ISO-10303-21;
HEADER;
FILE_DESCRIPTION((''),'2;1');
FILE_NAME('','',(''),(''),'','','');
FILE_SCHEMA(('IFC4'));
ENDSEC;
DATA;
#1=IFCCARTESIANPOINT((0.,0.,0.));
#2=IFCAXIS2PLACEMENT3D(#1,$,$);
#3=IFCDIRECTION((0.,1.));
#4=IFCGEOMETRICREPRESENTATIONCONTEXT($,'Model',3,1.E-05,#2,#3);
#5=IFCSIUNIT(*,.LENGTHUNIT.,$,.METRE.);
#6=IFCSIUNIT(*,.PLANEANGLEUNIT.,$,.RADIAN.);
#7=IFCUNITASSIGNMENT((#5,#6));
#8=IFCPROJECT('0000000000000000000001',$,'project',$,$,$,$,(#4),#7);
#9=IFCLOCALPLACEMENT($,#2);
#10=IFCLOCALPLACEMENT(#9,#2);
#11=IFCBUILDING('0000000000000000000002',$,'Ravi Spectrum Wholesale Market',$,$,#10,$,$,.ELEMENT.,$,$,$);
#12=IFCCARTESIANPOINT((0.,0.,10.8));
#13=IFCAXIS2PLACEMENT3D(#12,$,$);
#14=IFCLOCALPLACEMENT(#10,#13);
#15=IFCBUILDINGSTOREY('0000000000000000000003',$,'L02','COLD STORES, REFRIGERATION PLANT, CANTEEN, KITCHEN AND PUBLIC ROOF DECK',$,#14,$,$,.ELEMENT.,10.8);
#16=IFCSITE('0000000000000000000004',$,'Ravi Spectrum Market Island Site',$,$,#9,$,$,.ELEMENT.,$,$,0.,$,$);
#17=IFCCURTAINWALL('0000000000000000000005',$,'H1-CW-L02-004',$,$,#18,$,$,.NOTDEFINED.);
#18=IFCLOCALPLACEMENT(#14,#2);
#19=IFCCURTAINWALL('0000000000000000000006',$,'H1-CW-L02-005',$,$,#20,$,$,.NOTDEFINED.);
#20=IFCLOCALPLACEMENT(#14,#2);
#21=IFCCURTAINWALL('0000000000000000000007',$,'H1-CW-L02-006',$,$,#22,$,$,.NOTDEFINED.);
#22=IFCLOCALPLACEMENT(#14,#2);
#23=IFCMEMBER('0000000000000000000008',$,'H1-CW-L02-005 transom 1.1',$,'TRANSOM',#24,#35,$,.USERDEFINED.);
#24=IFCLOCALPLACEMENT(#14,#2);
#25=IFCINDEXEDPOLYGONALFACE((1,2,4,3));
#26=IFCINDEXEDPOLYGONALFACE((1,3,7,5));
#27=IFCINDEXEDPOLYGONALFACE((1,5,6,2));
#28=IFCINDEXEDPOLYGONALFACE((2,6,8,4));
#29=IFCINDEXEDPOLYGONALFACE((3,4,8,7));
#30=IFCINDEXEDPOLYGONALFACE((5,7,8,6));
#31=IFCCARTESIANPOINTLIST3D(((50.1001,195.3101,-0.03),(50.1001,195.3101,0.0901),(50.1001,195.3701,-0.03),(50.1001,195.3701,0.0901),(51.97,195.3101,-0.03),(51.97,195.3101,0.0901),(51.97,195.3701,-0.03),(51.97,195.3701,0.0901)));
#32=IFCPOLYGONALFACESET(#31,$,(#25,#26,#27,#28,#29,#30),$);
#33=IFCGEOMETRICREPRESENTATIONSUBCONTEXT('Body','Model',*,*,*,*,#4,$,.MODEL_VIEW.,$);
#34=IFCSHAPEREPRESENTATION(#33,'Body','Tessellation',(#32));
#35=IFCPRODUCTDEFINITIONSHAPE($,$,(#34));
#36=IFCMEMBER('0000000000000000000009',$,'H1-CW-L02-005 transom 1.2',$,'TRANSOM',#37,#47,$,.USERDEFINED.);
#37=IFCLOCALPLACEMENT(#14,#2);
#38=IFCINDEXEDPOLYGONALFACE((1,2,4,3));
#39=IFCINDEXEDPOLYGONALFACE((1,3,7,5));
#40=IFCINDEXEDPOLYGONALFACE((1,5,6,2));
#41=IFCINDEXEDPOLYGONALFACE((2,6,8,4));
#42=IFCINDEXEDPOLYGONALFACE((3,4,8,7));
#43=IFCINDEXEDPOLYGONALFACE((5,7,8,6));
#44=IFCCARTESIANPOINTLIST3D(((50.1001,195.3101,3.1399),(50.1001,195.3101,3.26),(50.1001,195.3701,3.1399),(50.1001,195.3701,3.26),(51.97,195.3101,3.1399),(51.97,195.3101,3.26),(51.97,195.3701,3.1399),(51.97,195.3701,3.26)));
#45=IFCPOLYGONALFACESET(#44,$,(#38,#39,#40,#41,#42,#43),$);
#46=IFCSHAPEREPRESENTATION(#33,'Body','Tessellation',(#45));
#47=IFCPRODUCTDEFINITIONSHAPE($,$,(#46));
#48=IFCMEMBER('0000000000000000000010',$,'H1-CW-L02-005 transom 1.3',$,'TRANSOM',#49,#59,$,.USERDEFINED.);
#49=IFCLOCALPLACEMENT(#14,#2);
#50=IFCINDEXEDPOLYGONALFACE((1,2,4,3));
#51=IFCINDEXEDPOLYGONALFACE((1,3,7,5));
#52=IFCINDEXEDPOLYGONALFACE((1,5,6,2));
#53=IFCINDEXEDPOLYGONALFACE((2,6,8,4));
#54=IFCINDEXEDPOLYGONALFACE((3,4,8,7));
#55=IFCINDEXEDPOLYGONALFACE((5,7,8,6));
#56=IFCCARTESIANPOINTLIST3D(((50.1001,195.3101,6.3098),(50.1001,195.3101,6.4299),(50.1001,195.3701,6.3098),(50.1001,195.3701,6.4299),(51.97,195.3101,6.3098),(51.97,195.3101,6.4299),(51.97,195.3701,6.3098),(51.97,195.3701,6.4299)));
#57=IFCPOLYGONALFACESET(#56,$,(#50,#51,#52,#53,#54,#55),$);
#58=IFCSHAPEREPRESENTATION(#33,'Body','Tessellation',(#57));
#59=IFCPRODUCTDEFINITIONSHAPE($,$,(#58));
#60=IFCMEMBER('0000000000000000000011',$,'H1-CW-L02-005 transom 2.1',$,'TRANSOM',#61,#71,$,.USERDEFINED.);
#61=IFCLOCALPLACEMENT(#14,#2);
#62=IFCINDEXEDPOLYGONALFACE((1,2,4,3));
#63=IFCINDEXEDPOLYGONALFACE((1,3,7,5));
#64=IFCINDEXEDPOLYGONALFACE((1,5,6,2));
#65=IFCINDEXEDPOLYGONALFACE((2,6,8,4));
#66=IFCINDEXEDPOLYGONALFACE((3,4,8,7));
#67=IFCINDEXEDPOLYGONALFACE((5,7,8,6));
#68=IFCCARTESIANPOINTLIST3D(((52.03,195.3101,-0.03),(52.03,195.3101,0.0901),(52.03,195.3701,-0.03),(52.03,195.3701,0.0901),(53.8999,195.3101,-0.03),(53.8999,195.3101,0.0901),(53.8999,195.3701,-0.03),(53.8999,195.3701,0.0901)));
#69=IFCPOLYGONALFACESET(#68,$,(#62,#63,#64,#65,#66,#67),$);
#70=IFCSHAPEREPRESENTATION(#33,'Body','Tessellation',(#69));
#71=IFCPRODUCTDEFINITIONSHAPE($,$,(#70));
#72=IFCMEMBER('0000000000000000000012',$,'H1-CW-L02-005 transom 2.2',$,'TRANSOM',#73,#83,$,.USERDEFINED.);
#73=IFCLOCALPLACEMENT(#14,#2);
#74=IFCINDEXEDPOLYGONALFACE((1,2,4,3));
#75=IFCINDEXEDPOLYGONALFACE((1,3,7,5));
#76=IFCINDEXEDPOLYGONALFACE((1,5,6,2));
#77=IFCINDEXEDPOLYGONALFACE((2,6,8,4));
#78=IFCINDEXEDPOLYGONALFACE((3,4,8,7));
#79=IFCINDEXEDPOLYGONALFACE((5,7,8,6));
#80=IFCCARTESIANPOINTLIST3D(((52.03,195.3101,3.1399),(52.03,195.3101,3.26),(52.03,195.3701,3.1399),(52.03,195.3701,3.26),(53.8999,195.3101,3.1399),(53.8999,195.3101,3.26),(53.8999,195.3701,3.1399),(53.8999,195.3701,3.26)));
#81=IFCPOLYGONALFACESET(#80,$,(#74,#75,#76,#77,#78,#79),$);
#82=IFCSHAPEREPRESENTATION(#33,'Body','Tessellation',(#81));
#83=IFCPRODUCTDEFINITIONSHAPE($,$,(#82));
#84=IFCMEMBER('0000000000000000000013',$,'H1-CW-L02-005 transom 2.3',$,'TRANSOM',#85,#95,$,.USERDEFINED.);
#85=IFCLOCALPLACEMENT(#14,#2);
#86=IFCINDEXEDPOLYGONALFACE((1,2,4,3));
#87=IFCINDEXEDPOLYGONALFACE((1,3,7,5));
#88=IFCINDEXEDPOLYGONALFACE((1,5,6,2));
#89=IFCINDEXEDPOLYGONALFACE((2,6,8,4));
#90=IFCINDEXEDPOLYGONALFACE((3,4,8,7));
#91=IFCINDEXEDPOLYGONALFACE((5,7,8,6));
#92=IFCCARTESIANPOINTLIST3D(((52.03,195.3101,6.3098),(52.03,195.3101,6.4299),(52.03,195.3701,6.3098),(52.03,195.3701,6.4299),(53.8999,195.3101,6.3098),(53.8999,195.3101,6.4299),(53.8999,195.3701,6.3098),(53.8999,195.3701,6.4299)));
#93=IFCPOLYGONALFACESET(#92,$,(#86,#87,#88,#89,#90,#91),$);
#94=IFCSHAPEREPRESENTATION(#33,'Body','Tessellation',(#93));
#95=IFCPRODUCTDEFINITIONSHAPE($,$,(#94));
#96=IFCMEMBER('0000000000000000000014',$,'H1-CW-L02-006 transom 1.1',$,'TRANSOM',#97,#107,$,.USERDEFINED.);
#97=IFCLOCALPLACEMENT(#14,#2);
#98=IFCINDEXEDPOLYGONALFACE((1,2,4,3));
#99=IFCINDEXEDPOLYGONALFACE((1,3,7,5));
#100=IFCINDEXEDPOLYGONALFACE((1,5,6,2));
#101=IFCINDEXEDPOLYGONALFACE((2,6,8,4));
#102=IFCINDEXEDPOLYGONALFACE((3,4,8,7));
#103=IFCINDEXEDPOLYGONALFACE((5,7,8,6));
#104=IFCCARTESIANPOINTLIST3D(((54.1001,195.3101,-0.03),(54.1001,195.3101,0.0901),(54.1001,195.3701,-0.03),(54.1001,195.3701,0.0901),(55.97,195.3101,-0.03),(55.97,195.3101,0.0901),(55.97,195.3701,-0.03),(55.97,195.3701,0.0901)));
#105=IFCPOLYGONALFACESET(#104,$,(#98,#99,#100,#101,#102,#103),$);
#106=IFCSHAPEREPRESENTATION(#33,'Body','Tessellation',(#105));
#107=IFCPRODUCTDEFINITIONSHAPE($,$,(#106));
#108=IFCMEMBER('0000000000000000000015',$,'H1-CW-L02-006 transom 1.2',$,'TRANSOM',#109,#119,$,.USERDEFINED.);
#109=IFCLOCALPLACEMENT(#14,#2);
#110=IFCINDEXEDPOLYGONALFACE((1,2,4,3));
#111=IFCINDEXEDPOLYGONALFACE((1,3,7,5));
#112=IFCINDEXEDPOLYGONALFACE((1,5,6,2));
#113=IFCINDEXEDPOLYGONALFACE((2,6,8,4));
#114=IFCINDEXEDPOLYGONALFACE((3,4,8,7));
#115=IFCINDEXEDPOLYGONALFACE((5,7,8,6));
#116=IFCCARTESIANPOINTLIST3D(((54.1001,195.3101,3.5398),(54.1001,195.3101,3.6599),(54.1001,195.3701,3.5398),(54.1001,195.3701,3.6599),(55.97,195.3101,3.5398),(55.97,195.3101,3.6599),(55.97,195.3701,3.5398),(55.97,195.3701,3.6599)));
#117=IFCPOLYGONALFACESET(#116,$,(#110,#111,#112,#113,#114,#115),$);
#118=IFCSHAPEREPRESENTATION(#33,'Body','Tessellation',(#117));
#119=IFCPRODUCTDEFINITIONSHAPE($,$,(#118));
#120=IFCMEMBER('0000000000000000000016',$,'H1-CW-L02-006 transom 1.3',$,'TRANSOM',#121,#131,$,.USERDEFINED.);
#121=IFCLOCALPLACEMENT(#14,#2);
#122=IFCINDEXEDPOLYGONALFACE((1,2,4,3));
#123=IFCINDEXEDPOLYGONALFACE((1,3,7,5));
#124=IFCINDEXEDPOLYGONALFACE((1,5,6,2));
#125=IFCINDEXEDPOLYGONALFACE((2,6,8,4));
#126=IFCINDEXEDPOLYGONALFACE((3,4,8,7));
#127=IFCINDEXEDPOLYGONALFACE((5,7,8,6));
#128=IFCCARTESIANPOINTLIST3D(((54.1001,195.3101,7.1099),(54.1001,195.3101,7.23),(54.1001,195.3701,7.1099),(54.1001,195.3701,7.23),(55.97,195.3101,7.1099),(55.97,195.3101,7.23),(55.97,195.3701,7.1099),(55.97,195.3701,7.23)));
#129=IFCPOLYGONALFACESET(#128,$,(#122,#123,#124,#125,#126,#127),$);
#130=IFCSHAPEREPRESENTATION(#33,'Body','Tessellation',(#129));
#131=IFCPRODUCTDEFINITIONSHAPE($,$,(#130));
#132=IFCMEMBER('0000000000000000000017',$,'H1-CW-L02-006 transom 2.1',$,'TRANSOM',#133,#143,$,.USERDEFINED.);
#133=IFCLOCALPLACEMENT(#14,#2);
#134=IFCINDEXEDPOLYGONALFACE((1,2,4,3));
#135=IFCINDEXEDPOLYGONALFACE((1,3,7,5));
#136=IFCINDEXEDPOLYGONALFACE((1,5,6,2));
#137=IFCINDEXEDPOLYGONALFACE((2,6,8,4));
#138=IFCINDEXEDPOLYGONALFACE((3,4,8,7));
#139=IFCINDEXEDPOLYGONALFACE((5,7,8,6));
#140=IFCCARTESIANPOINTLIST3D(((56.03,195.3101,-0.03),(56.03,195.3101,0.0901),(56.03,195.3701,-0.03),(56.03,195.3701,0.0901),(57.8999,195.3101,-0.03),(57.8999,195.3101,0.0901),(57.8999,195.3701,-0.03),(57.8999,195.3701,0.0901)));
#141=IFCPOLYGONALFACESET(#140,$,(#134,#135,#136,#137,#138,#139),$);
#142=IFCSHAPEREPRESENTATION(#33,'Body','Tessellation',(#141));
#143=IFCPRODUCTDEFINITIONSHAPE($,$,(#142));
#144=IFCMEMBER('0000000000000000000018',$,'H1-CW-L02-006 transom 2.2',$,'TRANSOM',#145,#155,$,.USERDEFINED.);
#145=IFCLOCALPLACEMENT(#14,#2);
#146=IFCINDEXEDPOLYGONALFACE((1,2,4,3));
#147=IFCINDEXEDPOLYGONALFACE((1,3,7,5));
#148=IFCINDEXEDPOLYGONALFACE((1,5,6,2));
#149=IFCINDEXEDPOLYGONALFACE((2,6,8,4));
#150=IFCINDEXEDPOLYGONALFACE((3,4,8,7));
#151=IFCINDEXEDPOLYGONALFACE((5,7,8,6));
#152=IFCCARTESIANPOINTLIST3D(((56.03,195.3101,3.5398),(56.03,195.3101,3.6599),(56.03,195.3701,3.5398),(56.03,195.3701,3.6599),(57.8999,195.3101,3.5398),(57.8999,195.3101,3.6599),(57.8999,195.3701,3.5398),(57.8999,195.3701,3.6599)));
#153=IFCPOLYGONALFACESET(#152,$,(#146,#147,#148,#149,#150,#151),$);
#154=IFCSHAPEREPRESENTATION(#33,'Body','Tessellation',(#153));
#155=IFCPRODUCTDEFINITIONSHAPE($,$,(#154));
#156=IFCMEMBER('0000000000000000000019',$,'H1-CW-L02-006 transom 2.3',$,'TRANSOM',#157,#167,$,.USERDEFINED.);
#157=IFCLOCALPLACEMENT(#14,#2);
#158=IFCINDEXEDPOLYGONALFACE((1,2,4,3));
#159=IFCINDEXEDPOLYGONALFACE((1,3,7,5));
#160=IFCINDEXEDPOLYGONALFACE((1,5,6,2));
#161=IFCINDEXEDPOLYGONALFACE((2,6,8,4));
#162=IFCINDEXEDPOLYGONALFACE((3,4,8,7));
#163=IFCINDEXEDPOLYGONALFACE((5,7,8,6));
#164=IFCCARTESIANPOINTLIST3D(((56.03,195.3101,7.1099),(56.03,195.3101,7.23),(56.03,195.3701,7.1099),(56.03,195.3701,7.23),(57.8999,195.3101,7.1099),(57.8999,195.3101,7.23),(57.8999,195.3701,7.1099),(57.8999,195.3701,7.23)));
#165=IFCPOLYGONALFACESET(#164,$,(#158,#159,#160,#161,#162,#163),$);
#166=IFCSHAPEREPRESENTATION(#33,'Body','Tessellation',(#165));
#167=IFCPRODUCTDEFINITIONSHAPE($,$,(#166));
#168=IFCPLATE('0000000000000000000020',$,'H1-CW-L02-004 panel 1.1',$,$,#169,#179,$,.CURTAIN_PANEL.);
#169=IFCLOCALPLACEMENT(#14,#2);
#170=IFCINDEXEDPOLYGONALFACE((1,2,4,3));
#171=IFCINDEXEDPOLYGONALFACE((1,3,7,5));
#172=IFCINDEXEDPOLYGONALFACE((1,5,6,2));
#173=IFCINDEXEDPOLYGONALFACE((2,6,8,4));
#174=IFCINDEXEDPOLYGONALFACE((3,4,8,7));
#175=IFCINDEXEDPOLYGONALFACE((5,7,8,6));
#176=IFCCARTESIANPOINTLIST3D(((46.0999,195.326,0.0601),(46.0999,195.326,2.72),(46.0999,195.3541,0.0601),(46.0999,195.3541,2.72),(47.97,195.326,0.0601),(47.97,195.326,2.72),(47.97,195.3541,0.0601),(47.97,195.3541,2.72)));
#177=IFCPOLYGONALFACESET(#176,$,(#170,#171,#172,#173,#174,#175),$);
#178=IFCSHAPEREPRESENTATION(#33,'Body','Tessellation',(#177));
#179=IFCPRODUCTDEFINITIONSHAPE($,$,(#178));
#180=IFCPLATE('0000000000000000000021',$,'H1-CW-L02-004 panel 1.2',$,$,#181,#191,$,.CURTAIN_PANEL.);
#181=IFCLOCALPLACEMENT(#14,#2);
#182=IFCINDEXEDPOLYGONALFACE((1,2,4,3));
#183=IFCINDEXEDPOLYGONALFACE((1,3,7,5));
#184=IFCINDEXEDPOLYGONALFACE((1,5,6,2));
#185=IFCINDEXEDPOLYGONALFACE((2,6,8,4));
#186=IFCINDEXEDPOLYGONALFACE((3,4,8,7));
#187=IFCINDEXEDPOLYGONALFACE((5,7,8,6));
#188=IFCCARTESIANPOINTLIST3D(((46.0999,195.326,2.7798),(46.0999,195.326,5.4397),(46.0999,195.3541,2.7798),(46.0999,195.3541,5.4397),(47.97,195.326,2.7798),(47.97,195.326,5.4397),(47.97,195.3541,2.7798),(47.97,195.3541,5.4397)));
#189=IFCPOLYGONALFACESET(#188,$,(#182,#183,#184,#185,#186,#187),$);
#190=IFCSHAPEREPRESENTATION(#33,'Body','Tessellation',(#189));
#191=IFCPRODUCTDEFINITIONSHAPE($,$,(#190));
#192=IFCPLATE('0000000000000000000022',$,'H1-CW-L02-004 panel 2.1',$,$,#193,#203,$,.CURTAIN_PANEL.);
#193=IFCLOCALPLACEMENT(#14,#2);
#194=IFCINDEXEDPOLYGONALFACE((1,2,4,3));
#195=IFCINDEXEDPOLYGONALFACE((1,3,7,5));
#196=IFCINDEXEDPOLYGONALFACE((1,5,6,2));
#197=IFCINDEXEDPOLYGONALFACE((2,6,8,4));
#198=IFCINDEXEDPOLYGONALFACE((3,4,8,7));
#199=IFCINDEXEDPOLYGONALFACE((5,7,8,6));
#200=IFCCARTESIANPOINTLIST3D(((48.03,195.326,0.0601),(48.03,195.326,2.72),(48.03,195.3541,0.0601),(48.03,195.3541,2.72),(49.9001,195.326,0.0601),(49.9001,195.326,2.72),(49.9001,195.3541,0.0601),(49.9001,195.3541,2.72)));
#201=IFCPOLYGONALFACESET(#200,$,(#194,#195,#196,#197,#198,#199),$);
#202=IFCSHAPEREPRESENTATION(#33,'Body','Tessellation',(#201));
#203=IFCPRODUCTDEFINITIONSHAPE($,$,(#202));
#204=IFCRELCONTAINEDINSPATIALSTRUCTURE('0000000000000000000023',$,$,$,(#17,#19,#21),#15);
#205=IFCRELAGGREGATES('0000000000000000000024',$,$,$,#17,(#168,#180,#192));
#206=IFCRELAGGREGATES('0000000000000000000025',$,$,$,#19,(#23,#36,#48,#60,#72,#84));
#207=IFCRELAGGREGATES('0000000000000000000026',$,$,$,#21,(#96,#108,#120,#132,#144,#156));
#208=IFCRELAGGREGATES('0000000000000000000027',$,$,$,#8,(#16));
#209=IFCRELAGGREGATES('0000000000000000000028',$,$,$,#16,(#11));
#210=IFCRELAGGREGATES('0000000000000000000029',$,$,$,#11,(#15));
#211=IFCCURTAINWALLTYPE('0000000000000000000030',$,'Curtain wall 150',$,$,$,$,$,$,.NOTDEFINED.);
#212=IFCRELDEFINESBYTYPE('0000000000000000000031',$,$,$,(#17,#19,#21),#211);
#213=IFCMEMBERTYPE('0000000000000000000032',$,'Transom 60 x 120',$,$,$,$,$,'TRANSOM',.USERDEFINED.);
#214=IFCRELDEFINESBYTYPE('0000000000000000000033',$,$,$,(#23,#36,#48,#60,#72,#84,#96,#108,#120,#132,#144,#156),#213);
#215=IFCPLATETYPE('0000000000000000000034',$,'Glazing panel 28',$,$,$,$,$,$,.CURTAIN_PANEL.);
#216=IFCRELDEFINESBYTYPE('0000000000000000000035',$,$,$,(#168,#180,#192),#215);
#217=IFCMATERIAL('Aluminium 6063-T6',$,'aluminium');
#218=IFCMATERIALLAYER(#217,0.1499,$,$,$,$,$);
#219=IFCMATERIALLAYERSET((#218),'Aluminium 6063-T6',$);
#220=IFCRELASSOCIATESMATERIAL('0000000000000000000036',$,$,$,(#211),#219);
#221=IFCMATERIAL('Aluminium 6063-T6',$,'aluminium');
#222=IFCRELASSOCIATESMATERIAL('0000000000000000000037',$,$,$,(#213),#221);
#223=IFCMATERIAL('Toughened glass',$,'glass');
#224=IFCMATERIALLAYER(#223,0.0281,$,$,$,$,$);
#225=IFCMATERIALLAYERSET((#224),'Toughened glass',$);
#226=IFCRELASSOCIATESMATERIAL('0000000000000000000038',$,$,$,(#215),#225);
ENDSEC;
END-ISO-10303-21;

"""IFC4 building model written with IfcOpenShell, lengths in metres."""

from ifc_helpers import new_model, si_unit, direction, frame, origin, origin_2d, place, context, subcontext, project, spatial, rectangle, extrude, material, layer, layer_set, material_profile, profile_set, type_object, element, aggregate, save


model = new_model("IFC4")

# Units and contexts
model_context = context("Model", 3, precision=1e-05, world=origin(), true_north=direction((0.0, 1.0)))
body_context = subcontext(model_context, "Body", "Model", "MODEL_VIEW")
ifc_project = project(units=[si_unit("LENGTHUNIT", "METRE"), si_unit("PLANEANGLEUNIT", "RADIAN")], contexts=[model_context])

# Site, building, storey
site_placement = place(None, origin())
site = spatial("IfcSite", under=ifc_project, at=site_placement, Name="Ravi Spectrum Market Island Site", CompositionType="ELEMENT", RefElevation=0.0)
building_placement = place(site_placement, origin())
building = spatial("IfcBuilding", under=site, at=building_placement, Name="Ravi Spectrum Wholesale Market", CompositionType="ELEMENT")
storey_placement = place(building_placement, frame((0.0, 0.0, 10.8)))
storey = spatial("IfcBuildingStorey", under=building, at=storey_placement, Name="L02", Description="COLD STORES, REFRIGERATION PLANT, CANTEEN, KITCHEN AND PUBLIC ROOF DECK", CompositionType="ELEMENT", Elevation=10.8)

# Shared definitions
ifc_material_1 = material(Name="Aluminium 6063-T6", Category="aluminium")
ifc_layer_1 = layer(ifc_material_1, 0.1499)
ifc_layer_set_1 = layer_set([ifc_layer_1], Name="Aluminium 6063-T6")
curtain_wall_type = type_object("IfcCurtainWallType", Name="Curtain wall 150", PredefinedType="NOTDEFINED", material=ifc_layer_set_1)

# Curtain walls
curtain_wall_1_placement = place(storey_placement, origin())
curtain_wall_1 = element("IfcCurtainWall", 1, at=curtain_wall_1_placement, inside=storey, type_object=curtain_wall_type, Name="H1-CW-L02-004", PredefinedType="NOTDEFINED")
curtain_wall_2_placement = place(storey_placement, origin())
curtain_wall_2 = element("IfcCurtainWall", 2, at=curtain_wall_2_placement, inside=storey, type_object=curtain_wall_type, Name="H1-CW-L02-005", PredefinedType="NOTDEFINED")
curtain_wall_3_placement = place(storey_placement, origin())
curtain_wall_3 = element("IfcCurtainWall", 3, at=curtain_wall_3_placement, inside=storey, type_object=curtain_wall_type, Name="H1-CW-L02-006", PredefinedType="NOTDEFINED")

# Members
ifc_material_2 = material(Name="Aluminium 6063-T6", Category="aluminium")
ifc_material_profile_1 = material_profile(ifc_material_2, rectangle(XDim=0.0601, YDim=0.1201, at=origin_2d()))
ifc_profile_set_1 = profile_set([ifc_material_profile_1], Name="Aluminium 6063-T6")
member_type_1 = type_object("IfcMemberType", Name="Transom 60 x 120", ElementType="TRANSOM", PredefinedType="USERDEFINED", material=ifc_profile_set_1)
member_1_placement = place(storey_placement, frame((50.1001, 195.3401, 0.03), z_axis=(1.0, 0.0, 0.0), x_axis=(0.0, 1.0, 0.0)))
member_1 = element("IfcMember", 4, at=member_1_placement, type_object=member_type_1, Name="H1-CW-L02-005 transom 1.1", ObjectType="TRANSOM", PredefinedType="USERDEFINED", context=body_context, shape_type="SweptSolid", body=[
    extrude(rectangle(XDim=0.0601, YDim=0.1201, at=origin_2d()), origin(), (0.0, 0.0, 1.0), 1.8699),
])
member_2_placement = place(storey_placement, frame((50.1001, 195.3401, 3.2), z_axis=(1.0, 0.0, 0.0), x_axis=(0.0, 1.0, 0.0)))
member_2 = element("IfcMember", 5, at=member_2_placement, type_object=member_type_1, Name="H1-CW-L02-005 transom 1.2", ObjectType="TRANSOM", PredefinedType="USERDEFINED", context=body_context, shape_type="SweptSolid", body=[
    extrude(rectangle(XDim=0.0601, YDim=0.1201, at=origin_2d()), origin(), (0.0, 0.0, 1.0), 1.8699),
])
member_3_placement = place(storey_placement, frame((50.1001, 195.3401, 6.3699), z_axis=(1.0, 0.0, 0.0), x_axis=(0.0, 1.0, 0.0)))
member_3 = element("IfcMember", 6, at=member_3_placement, type_object=member_type_1, Name="H1-CW-L02-005 transom 1.3", ObjectType="TRANSOM", PredefinedType="USERDEFINED", context=body_context, shape_type="SweptSolid", body=[
    extrude(rectangle(XDim=0.0601, YDim=0.1201, at=origin_2d()), origin(), (0.0, 0.0, 1.0), 1.8699),
])
member_4_placement = place(storey_placement, frame((52.03, 195.3401, 0.03), z_axis=(1.0, 0.0, 0.0), x_axis=(0.0, 1.0, 0.0)))
member_4 = element("IfcMember", 7, at=member_4_placement, type_object=member_type_1, Name="H1-CW-L02-005 transom 2.1", ObjectType="TRANSOM", PredefinedType="USERDEFINED", context=body_context, shape_type="SweptSolid", body=[
    extrude(rectangle(XDim=0.0601, YDim=0.1201, at=origin_2d()), origin(), (0.0, 0.0, 1.0), 1.8699),
])
member_5_placement = place(storey_placement, frame((52.03, 195.3401, 3.2), z_axis=(1.0, 0.0, 0.0), x_axis=(0.0, 1.0, 0.0)))
member_5 = element("IfcMember", 8, at=member_5_placement, type_object=member_type_1, Name="H1-CW-L02-005 transom 2.2", ObjectType="TRANSOM", PredefinedType="USERDEFINED", context=body_context, shape_type="SweptSolid", body=[
    extrude(rectangle(XDim=0.0601, YDim=0.1201, at=origin_2d()), origin(), (0.0, 0.0, 1.0), 1.8699),
])
member_6_placement = place(storey_placement, frame((52.03, 195.3401, 6.3699), z_axis=(1.0, 0.0, 0.0), x_axis=(0.0, 1.0, 0.0)))
member_6 = element("IfcMember", 9, at=member_6_placement, type_object=member_type_1, Name="H1-CW-L02-005 transom 2.3", ObjectType="TRANSOM", PredefinedType="USERDEFINED", context=body_context, shape_type="SweptSolid", body=[
    extrude(rectangle(XDim=0.0601, YDim=0.1201, at=origin_2d()), origin(), (0.0, 0.0, 1.0), 1.8699),
])
member_7_placement = place(storey_placement, frame((54.1001, 195.3401, 0.03), z_axis=(1.0, 0.0, 0.0), x_axis=(0.0, 1.0, 0.0)))
member_7 = element("IfcMember", 10, at=member_7_placement, type_object=member_type_1, Name="H1-CW-L02-006 transom 1.1", ObjectType="TRANSOM", PredefinedType="USERDEFINED", context=body_context, shape_type="SweptSolid", body=[
    extrude(rectangle(XDim=0.0601, YDim=0.1201, at=origin_2d()), origin(), (0.0, 0.0, 1.0), 1.8699),
])
member_8_placement = place(storey_placement, frame((54.1001, 195.3401, 3.5999), z_axis=(1.0, 0.0, 0.0), x_axis=(0.0, 1.0, 0.0)))
member_8 = element("IfcMember", 11, at=member_8_placement, type_object=member_type_1, Name="H1-CW-L02-006 transom 1.2", ObjectType="TRANSOM", PredefinedType="USERDEFINED", context=body_context, shape_type="SweptSolid", body=[
    extrude(rectangle(XDim=0.0601, YDim=0.1201, at=origin_2d()), origin(), (0.0, 0.0, 1.0), 1.8699),
])
member_9_placement = place(storey_placement, frame((54.1001, 195.3401, 7.1699), z_axis=(1.0, 0.0, 0.0), x_axis=(0.0, 1.0, 0.0)))
member_9 = element("IfcMember", 12, at=member_9_placement, type_object=member_type_1, Name="H1-CW-L02-006 transom 1.3", ObjectType="TRANSOM", PredefinedType="USERDEFINED", context=body_context, shape_type="SweptSolid", body=[
    extrude(rectangle(XDim=0.0601, YDim=0.1201, at=origin_2d()), origin(), (0.0, 0.0, 1.0), 1.8699),
])
member_10_placement = place(storey_placement, frame((56.03, 195.3401, 0.03), z_axis=(1.0, 0.0, 0.0), x_axis=(0.0, 1.0, 0.0)))
member_10 = element("IfcMember", 13, at=member_10_placement, type_object=member_type_1, Name="H1-CW-L02-006 transom 2.1", ObjectType="TRANSOM", PredefinedType="USERDEFINED", context=body_context, shape_type="SweptSolid", body=[
    extrude(rectangle(XDim=0.0601, YDim=0.1201, at=origin_2d()), origin(), (0.0, 0.0, 1.0), 1.8699),
])
member_11_placement = place(storey_placement, frame((56.03, 195.3401, 3.5999), z_axis=(1.0, 0.0, 0.0), x_axis=(0.0, 1.0, 0.0)))
member_11 = element("IfcMember", 14, at=member_11_placement, type_object=member_type_1, Name="H1-CW-L02-006 transom 2.2", ObjectType="TRANSOM", PredefinedType="USERDEFINED", context=body_context, shape_type="SweptSolid", body=[
    extrude(rectangle(XDim=0.0601, YDim=0.1201, at=origin_2d()), origin(), (0.0, 0.0, 1.0), 1.8699),
])
member_12_placement = place(storey_placement, frame((56.03, 195.3401, 7.1699), z_axis=(1.0, 0.0, 0.0), x_axis=(0.0, 1.0, 0.0)))
member_12 = element("IfcMember", 15, at=member_12_placement, type_object=member_type_1, Name="H1-CW-L02-006 transom 2.3", ObjectType="TRANSOM", PredefinedType="USERDEFINED", context=body_context, shape_type="SweptSolid", body=[
    extrude(rectangle(XDim=0.0601, YDim=0.1201, at=origin_2d()), origin(), (0.0, 0.0, 1.0), 1.8699),
])

# Plates
ifc_material_3 = material(Name="Toughened glass", Category="glass")
ifc_layer_2 = layer(ifc_material_3, 0.0281)
ifc_layer_set_2 = layer_set([ifc_layer_2], Name="Toughened glass")
plate_type = type_object("IfcPlateType", Name="Glazing panel 28", PredefinedType="CURTAIN_PANEL", material=ifc_layer_set_2)
plate_1_placement = place(storey_placement, frame((47.0349, 195.3401, 0.0601), z_axis=(0.0, 0.0, 1.0), x_axis=(1.0, 0.0, 0.0)))
plate_1 = element("IfcPlate", 16, at=plate_1_placement, type_object=plate_type, Name="H1-CW-L02-004 panel 1.1", PredefinedType="CURTAIN_PANEL", context=body_context, shape_type="SweptSolid", body=[
    extrude(rectangle(XDim=1.8701, YDim=0.0281, at=origin_2d()), origin(), (0.0, 0.0, 1.0), 2.6599),
])
plate_2_placement = place(storey_placement, frame((47.0349, 195.3401, 2.7798), z_axis=(0.0, 0.0, 1.0), x_axis=(1.0, 0.0, 0.0)))
plate_2 = element("IfcPlate", 17, at=plate_2_placement, type_object=plate_type, Name="H1-CW-L02-004 panel 1.2", PredefinedType="CURTAIN_PANEL", context=body_context, shape_type="SweptSolid", body=[
    extrude(rectangle(XDim=1.8701, YDim=0.0281, at=origin_2d()), origin(), (0.0, 0.0, 1.0), 2.6599),
])
plate_3_placement = place(storey_placement, frame((48.9651, 195.3401, 0.0601), z_axis=(0.0, 0.0, 1.0), x_axis=(1.0, 0.0, 0.0)))
plate_3 = element("IfcPlate", 18, at=plate_3_placement, type_object=plate_type, Name="H1-CW-L02-004 panel 2.1", PredefinedType="CURTAIN_PANEL", context=body_context, shape_type="SweptSolid", body=[
    extrude(rectangle(XDim=1.8701, YDim=0.0281, at=origin_2d()), origin(), (0.0, 0.0, 1.0), 2.6599),
])
aggregate(curtain_wall_1, [plate_1, plate_2, plate_3])
aggregate(curtain_wall_2, [member_1, member_2, member_3, member_4, member_5, member_6])
aggregate(curtain_wall_3, [member_7, member_8, member_9, member_10, member_11, member_12])

save(model, "model.ifc")
